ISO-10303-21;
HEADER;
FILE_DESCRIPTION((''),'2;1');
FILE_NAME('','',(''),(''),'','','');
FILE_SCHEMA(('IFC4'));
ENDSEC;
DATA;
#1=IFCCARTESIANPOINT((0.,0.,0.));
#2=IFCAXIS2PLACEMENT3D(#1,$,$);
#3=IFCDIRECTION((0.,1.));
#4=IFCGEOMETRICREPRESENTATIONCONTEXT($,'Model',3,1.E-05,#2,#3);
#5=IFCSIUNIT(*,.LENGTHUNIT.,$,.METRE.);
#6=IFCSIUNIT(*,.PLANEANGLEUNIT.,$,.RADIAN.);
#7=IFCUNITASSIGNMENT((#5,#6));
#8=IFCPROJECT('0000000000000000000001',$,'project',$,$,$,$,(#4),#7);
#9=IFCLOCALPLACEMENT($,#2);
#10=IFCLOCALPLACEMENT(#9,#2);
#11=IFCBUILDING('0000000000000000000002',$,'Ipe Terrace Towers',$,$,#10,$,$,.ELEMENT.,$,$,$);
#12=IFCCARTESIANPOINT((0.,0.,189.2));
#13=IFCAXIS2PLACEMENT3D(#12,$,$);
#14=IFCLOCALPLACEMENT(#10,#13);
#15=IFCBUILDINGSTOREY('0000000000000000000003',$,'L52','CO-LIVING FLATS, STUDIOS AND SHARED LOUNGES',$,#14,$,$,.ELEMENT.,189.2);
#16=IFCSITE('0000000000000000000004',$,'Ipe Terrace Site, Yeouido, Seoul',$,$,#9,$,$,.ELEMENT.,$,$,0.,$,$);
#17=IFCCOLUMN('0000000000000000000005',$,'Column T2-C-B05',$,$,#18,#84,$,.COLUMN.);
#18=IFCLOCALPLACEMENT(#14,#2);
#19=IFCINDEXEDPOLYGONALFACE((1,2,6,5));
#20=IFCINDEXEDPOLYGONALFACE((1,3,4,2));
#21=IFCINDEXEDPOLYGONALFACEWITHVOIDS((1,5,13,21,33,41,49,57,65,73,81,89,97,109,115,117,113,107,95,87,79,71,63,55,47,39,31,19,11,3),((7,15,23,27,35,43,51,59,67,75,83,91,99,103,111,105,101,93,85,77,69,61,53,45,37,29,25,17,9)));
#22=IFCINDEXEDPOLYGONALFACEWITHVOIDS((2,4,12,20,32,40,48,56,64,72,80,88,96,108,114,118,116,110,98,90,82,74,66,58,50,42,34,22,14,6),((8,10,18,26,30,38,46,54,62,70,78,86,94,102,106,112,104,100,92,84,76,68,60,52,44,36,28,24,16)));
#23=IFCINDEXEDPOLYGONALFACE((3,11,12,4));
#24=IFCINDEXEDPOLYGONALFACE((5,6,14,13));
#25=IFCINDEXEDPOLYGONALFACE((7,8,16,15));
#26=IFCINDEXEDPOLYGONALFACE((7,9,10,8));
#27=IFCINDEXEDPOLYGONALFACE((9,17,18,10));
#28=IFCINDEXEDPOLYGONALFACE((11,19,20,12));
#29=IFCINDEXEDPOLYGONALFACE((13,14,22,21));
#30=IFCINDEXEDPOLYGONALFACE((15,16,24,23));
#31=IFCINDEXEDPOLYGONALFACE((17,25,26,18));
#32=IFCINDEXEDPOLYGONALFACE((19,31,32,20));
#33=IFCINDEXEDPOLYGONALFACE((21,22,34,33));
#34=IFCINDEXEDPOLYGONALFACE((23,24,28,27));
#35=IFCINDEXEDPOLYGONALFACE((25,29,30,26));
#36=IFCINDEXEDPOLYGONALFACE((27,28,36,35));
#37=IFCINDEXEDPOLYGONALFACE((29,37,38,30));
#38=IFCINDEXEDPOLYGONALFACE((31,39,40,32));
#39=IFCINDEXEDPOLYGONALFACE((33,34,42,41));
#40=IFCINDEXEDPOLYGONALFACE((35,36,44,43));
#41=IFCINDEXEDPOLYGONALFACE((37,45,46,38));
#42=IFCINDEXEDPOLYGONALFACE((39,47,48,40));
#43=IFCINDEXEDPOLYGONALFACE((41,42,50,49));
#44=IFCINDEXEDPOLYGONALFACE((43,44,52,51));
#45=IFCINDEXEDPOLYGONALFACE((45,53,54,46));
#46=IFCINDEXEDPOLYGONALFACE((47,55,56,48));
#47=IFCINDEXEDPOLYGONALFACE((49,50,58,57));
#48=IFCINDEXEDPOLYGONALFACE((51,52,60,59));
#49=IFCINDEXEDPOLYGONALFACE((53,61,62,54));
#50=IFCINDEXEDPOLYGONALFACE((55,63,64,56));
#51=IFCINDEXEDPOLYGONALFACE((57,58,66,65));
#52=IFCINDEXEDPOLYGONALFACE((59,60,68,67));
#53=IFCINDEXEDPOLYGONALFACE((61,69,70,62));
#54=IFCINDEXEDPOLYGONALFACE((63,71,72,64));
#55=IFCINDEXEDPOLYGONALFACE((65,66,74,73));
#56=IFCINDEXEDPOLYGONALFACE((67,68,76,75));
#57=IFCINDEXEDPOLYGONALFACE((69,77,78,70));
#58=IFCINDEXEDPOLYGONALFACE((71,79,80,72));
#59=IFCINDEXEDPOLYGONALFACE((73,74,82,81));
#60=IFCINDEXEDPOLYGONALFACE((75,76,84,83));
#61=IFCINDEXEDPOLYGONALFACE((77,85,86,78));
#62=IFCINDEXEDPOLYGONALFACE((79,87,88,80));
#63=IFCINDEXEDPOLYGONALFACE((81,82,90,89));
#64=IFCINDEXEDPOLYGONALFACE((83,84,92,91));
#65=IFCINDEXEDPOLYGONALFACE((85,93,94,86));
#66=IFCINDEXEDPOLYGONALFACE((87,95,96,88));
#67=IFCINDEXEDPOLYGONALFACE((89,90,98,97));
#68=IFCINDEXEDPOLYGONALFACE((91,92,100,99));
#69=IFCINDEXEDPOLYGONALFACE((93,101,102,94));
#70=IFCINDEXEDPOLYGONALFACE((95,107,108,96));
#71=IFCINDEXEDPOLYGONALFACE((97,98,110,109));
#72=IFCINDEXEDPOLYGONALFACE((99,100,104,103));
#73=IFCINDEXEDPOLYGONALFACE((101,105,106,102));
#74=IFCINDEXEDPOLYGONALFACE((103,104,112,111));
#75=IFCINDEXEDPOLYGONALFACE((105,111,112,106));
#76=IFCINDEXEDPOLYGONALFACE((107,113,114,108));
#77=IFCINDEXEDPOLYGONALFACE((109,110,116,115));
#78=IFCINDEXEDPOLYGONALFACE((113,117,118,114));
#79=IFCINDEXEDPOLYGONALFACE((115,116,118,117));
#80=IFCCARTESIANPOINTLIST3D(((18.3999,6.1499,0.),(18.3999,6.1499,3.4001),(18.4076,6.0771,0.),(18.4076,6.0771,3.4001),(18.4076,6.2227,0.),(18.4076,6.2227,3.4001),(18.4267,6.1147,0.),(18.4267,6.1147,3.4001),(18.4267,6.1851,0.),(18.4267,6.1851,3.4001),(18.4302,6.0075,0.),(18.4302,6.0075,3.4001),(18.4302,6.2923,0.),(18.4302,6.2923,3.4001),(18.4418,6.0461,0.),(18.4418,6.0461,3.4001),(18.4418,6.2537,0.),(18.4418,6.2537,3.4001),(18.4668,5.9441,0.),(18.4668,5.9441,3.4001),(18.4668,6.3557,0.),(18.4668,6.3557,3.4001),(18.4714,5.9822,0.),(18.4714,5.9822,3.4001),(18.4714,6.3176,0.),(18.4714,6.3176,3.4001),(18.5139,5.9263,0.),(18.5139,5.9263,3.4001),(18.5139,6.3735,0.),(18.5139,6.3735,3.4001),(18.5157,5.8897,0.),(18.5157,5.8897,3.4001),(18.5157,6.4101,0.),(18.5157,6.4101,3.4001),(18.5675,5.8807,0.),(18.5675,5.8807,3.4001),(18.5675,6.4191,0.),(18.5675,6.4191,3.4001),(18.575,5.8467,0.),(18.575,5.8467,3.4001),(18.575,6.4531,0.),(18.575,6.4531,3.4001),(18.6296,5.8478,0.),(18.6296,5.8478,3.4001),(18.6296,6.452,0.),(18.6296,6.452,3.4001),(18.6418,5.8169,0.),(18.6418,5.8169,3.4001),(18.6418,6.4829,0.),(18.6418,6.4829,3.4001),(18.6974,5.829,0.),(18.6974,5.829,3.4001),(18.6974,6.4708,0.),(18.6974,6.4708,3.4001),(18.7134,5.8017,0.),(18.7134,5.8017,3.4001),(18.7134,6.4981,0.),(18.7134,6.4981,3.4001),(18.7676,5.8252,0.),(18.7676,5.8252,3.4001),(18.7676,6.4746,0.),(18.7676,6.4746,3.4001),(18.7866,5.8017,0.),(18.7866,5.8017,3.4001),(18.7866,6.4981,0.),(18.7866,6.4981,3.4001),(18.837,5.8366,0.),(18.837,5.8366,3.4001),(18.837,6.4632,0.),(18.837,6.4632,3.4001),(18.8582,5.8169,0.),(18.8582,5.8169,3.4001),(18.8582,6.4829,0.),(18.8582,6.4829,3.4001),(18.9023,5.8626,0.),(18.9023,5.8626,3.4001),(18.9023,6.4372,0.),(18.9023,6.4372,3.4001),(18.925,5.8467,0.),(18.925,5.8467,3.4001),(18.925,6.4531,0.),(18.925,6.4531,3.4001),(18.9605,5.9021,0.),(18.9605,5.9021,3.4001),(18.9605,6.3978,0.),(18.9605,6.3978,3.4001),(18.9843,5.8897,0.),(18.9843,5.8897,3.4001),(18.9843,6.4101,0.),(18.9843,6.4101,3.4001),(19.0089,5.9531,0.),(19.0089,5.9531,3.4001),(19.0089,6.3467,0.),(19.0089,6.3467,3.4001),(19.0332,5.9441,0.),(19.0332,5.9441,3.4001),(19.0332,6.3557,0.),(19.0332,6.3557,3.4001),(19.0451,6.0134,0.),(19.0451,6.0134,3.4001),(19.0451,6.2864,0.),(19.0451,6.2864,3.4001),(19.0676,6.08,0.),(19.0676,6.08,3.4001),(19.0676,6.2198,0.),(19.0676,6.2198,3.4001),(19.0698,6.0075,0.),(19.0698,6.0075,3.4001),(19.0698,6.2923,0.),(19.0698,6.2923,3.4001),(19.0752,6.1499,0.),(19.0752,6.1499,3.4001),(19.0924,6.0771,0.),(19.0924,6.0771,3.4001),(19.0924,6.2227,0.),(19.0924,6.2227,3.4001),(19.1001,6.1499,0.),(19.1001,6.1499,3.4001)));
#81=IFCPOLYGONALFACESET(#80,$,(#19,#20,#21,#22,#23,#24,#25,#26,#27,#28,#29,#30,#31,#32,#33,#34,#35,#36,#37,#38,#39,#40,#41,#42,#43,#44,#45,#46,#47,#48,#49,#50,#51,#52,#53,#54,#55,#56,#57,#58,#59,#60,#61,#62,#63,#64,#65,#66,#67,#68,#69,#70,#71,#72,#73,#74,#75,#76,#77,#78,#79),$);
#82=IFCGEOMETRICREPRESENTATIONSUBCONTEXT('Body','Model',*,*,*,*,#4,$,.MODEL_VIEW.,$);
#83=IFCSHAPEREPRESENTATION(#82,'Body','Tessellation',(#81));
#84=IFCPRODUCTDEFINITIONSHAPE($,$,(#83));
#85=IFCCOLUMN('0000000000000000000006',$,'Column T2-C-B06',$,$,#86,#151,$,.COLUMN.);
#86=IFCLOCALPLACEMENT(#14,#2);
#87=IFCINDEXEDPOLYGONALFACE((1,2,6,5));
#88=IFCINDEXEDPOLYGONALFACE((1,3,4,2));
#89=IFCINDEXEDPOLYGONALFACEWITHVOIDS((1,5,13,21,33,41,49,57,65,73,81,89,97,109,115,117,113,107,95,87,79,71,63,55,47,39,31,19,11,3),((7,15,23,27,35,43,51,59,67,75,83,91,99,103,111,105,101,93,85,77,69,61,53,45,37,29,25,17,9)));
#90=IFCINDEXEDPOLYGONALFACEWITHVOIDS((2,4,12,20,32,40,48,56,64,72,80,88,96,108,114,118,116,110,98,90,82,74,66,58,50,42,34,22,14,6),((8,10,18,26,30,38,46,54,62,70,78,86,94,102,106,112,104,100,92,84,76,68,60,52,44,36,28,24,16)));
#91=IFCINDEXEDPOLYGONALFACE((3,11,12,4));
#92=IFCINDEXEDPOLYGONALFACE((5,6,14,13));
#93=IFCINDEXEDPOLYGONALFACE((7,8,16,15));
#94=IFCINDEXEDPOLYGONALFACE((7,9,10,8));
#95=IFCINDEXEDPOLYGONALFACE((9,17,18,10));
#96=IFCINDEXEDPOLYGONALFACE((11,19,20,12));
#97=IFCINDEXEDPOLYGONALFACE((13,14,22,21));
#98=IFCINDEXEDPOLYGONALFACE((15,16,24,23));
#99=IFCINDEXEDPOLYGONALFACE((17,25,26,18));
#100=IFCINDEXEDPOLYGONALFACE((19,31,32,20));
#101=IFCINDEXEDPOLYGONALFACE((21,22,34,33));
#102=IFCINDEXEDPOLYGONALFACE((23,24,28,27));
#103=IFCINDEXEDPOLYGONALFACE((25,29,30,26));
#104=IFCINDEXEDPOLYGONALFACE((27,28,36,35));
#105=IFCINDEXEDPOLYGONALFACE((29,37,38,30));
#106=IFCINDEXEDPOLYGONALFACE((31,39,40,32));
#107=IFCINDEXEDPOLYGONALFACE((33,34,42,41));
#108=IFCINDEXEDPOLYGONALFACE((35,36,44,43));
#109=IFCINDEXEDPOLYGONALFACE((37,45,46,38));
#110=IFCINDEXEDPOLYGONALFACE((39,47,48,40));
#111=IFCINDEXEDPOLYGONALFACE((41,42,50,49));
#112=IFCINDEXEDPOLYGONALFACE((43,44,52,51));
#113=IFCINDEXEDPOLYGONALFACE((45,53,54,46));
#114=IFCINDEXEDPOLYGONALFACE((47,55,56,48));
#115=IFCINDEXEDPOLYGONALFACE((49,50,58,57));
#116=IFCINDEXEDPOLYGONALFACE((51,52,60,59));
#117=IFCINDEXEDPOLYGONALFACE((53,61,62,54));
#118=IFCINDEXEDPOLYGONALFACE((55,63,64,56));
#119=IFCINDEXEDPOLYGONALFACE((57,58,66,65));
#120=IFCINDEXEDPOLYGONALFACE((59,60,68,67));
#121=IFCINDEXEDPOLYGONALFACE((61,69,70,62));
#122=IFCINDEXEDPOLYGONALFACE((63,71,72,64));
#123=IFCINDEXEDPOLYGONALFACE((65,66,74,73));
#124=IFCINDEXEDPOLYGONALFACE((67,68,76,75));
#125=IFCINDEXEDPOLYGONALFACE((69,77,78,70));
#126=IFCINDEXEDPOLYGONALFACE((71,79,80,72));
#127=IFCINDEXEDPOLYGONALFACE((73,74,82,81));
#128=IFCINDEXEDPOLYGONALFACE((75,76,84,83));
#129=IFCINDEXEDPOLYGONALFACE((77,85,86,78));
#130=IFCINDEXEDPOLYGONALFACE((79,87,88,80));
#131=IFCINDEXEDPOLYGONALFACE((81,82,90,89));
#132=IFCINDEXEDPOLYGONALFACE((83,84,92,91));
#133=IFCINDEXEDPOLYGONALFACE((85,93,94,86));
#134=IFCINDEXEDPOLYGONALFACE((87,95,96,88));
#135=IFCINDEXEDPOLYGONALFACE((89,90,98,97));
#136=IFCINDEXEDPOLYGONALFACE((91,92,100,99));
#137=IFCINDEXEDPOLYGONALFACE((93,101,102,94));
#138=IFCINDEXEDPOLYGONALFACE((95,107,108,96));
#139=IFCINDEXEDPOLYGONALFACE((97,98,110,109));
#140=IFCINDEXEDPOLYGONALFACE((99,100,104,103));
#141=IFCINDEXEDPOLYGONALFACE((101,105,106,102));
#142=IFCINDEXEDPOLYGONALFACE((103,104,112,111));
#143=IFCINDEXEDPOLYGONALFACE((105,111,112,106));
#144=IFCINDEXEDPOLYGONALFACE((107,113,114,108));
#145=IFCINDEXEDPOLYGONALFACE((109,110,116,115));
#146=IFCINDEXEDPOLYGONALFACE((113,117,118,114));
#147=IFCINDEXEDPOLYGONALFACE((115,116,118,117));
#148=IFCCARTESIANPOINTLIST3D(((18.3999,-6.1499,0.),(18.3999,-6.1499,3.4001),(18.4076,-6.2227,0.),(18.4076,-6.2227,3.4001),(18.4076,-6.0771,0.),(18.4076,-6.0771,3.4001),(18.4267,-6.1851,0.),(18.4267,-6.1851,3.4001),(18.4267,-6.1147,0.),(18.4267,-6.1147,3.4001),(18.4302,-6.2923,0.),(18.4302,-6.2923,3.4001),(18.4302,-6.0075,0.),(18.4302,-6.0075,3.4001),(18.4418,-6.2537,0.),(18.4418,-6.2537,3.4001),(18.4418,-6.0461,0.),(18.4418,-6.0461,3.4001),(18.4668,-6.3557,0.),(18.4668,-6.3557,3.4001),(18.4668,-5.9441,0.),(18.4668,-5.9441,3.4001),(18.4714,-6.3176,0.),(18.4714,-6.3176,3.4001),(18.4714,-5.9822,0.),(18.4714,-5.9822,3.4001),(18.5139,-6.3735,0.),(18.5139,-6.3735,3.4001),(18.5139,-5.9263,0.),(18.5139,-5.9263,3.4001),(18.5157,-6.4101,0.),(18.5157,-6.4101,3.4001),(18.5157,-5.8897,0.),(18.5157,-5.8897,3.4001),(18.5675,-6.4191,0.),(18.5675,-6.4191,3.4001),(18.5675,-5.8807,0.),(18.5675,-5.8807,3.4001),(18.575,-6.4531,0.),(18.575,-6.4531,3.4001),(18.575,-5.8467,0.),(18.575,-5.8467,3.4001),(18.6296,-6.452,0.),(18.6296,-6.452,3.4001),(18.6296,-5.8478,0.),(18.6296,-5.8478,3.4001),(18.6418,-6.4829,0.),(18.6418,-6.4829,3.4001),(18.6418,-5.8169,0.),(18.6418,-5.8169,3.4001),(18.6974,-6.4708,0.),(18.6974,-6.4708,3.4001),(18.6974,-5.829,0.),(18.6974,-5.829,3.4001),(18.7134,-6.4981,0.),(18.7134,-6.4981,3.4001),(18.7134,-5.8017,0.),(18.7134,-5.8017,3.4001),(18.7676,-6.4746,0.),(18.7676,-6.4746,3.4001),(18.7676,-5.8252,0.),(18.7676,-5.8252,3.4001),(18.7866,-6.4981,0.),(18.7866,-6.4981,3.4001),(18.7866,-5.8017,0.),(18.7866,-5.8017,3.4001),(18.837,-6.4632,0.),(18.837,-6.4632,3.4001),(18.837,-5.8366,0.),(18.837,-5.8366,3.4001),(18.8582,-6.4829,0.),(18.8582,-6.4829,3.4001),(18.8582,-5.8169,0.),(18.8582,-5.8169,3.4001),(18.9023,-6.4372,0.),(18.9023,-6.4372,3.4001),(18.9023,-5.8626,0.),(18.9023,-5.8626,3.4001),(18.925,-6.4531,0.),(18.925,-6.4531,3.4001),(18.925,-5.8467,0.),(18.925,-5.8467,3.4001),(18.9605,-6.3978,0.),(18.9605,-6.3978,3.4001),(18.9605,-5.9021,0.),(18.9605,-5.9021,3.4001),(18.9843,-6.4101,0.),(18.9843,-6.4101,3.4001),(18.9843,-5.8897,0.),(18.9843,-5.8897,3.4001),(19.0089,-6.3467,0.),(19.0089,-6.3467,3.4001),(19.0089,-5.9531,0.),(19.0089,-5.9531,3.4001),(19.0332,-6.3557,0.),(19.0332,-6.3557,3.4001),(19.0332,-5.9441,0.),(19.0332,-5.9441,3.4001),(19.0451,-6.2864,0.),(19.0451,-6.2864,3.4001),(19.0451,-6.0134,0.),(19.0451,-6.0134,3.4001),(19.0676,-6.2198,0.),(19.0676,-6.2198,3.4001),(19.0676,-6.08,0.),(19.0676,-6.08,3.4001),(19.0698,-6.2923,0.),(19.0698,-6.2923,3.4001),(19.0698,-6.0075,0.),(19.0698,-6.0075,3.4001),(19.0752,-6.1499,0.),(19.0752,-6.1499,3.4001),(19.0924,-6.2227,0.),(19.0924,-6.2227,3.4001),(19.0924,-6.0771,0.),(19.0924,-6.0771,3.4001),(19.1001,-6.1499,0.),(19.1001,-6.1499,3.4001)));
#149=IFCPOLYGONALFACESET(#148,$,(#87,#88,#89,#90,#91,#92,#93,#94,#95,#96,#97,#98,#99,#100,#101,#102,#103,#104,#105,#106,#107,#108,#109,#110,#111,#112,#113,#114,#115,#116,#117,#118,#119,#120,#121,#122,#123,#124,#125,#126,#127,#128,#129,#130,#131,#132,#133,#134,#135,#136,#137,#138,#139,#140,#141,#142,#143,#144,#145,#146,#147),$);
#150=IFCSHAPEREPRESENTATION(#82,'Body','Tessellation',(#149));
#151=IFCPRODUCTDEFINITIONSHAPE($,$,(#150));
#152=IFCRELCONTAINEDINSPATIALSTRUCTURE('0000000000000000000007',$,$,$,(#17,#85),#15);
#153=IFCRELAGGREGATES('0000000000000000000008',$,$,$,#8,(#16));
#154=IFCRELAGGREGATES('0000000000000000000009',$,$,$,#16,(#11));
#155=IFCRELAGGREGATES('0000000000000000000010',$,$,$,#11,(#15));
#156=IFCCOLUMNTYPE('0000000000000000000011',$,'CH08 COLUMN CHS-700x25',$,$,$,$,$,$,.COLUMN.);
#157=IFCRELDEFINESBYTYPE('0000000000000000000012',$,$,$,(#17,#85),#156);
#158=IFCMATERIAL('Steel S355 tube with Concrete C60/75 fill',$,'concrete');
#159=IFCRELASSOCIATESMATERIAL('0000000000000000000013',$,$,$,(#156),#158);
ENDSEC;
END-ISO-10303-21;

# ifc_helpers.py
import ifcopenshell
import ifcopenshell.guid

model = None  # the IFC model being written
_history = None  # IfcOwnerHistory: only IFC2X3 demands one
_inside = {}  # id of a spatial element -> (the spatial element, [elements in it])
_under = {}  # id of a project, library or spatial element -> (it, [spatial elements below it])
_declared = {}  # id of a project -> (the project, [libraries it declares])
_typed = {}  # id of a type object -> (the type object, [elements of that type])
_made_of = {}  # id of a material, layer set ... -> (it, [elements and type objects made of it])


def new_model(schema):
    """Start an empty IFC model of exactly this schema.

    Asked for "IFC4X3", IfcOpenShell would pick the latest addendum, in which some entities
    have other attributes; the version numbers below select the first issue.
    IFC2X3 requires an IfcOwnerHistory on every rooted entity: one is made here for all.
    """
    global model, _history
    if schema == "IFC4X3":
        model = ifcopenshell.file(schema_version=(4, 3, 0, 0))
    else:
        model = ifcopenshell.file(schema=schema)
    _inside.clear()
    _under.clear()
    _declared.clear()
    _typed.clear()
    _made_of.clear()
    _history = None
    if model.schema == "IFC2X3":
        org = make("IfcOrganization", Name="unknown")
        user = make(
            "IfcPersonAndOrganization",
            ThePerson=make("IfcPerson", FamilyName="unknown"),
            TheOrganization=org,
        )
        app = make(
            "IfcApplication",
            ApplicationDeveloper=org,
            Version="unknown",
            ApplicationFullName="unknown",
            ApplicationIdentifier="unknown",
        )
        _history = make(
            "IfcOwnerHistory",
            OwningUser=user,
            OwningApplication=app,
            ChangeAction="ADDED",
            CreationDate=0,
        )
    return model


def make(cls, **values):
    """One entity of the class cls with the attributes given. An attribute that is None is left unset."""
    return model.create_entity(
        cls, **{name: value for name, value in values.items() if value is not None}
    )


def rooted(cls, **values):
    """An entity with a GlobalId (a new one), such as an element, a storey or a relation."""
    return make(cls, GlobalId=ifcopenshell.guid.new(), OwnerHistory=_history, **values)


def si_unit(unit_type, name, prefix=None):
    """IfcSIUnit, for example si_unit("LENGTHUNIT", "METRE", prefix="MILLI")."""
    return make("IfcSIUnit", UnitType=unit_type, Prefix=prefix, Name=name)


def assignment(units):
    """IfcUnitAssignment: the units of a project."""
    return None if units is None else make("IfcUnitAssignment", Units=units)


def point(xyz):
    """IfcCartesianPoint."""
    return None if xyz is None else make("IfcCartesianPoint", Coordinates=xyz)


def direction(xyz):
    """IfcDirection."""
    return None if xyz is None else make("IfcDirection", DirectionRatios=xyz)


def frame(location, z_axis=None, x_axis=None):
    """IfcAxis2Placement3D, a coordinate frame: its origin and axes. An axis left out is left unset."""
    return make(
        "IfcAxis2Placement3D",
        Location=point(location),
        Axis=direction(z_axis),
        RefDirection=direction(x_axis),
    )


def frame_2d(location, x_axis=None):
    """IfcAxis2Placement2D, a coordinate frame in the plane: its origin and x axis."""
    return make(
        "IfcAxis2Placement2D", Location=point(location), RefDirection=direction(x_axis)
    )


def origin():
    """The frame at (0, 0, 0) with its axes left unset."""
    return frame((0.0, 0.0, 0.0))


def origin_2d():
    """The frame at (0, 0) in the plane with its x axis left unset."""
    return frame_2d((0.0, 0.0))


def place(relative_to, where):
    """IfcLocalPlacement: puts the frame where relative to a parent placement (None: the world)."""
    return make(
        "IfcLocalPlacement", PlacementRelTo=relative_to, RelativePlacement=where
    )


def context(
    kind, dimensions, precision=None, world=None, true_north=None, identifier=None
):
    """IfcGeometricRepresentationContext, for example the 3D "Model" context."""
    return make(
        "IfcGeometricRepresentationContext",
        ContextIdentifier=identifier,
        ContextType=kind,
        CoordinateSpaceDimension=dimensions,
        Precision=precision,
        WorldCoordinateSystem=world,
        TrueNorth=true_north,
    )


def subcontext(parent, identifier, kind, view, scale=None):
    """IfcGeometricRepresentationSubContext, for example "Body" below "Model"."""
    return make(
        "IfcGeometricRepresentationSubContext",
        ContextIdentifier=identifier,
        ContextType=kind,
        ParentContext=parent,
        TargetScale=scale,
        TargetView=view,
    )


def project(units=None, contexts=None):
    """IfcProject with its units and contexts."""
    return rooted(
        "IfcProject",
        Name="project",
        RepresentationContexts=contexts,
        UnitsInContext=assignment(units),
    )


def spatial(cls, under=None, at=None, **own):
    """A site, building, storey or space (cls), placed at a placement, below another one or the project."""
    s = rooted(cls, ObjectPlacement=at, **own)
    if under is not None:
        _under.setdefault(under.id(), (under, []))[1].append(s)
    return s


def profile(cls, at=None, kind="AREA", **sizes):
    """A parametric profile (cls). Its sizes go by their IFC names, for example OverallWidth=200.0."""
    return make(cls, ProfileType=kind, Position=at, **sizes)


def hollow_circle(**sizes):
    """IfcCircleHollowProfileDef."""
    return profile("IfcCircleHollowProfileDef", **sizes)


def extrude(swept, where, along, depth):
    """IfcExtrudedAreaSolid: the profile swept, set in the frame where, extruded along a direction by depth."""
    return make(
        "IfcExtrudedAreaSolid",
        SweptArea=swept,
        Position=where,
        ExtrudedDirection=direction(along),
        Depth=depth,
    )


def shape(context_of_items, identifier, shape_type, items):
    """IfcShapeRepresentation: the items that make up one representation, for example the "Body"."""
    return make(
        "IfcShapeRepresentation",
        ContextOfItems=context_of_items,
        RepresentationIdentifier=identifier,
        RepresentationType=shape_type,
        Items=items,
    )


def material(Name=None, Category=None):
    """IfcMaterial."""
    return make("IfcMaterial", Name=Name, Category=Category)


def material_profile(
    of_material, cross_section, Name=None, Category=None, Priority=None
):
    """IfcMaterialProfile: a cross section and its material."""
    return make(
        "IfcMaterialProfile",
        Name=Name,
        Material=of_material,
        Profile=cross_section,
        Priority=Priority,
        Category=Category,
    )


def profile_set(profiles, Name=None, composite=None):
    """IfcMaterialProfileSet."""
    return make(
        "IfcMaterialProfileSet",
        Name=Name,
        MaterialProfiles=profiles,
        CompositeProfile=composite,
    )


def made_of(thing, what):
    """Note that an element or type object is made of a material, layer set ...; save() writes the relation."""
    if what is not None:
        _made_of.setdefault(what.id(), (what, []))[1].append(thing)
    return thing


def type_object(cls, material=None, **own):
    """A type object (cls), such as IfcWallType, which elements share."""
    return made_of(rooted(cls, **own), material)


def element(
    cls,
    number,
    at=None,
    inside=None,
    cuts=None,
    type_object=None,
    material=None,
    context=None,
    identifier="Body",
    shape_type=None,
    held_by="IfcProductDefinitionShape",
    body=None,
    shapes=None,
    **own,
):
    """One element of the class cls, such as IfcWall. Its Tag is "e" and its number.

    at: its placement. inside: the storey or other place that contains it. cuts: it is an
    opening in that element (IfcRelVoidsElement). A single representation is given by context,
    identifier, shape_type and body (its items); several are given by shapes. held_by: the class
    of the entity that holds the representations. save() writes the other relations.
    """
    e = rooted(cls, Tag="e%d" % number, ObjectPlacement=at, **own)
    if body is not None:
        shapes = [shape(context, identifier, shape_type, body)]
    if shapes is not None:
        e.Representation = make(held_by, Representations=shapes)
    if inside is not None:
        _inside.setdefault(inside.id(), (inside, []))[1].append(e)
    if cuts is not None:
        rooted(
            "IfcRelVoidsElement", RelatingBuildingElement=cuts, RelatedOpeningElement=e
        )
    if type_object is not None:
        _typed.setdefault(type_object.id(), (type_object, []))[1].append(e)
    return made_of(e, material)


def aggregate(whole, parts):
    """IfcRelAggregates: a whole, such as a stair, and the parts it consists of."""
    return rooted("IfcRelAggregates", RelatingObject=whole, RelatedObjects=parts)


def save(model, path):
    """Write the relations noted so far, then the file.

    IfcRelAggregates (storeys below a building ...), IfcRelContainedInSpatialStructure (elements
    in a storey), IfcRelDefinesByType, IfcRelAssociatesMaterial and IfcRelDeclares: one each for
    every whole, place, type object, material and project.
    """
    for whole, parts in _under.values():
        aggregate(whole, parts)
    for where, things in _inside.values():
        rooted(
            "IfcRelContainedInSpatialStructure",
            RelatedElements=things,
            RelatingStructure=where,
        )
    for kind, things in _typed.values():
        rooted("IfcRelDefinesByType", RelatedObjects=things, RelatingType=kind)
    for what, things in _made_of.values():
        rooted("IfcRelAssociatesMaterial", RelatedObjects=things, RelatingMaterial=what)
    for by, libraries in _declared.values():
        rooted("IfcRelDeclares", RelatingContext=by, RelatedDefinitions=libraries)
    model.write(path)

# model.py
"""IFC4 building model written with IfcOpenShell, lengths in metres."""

from ifc_helpers import new_model, si_unit, direction, frame, origin, origin_2d, place, context, subcontext, project, spatial, hollow_circle, extrude, material, material_profile, profile_set, type_object, element, save


model = new_model("IFC4")

# Units and contexts
model_context = context("Model", 3, precision=1e-05, world=origin(), true_north=direction((0.0, 1.0)))
body_context = subcontext(model_context, "Body", "Model", "MODEL_VIEW")
ifc_project = project(units=[si_unit("LENGTHUNIT", "METRE"), si_unit("PLANEANGLEUNIT", "RADIAN")], contexts=[model_context])

# Site, building, storey
site_placement = place(None, origin())
site = spatial("IfcSite", under=ifc_project, at=site_placement, Name="Ipe Terrace Site, Yeouido, Seoul", CompositionType="ELEMENT", RefElevation=0.0)
building_placement = place(site_placement, origin())
building = spatial("IfcBuilding", under=site, at=building_placement, Name="Ipe Terrace Towers", CompositionType="ELEMENT")
storey_placement = place(building_placement, frame((0.0, 0.0, 189.2)))
storey = spatial("IfcBuildingStorey", under=building, at=storey_placement, Name="L52", Description="CO-LIVING FLATS, STUDIOS AND SHARED LOUNGES", CompositionType="ELEMENT", Elevation=189.2)

# Columns
ifc_material_1 = material(Name="Steel S355 tube with Concrete C60/75 fill", Category="concrete")
ifc_material_profile_1 = material_profile(ifc_material_1, hollow_circle(Radius=0.3501, WallThickness=0.0249, at=origin_2d()), Name="CHS-700x25")
ifc_profile_set_1 = profile_set([ifc_material_profile_1], Name="Steel S355 tube with Concrete C60/75 fill")
column_type = type_object("IfcColumnType", Name="CH08 COLUMN CHS-700x25", PredefinedType="COLUMN", material=ifc_profile_set_1)
for number, where, z_axis, x_axis, name in (
    (1, (18.75, 6.1499, 0.0), (0.0, 0.0, 1.0), (1.0, 0.0, 0.0), "Column T2-C-B05"),
    (2, (18.75, -6.1499, 0.0), (0.0, 0.0, 1.0), (1.0, 0.0, 0.0), "Column T2-C-B06"),
):
    element("IfcColumn", number, at=place(storey_placement, frame(where, z_axis=z_axis, x_axis=x_axis)), inside=storey, type_object=column_type, Name=name, PredefinedType="COLUMN", context=body_context, shape_type="SweptSolid", body=[
        extrude(hollow_circle(Radius=0.3501, WallThickness=0.0249, at=origin_2d()), origin(), (0.0, 0.0, 1.0), 3.4001),
    ])

save(model, "model.ifc")
